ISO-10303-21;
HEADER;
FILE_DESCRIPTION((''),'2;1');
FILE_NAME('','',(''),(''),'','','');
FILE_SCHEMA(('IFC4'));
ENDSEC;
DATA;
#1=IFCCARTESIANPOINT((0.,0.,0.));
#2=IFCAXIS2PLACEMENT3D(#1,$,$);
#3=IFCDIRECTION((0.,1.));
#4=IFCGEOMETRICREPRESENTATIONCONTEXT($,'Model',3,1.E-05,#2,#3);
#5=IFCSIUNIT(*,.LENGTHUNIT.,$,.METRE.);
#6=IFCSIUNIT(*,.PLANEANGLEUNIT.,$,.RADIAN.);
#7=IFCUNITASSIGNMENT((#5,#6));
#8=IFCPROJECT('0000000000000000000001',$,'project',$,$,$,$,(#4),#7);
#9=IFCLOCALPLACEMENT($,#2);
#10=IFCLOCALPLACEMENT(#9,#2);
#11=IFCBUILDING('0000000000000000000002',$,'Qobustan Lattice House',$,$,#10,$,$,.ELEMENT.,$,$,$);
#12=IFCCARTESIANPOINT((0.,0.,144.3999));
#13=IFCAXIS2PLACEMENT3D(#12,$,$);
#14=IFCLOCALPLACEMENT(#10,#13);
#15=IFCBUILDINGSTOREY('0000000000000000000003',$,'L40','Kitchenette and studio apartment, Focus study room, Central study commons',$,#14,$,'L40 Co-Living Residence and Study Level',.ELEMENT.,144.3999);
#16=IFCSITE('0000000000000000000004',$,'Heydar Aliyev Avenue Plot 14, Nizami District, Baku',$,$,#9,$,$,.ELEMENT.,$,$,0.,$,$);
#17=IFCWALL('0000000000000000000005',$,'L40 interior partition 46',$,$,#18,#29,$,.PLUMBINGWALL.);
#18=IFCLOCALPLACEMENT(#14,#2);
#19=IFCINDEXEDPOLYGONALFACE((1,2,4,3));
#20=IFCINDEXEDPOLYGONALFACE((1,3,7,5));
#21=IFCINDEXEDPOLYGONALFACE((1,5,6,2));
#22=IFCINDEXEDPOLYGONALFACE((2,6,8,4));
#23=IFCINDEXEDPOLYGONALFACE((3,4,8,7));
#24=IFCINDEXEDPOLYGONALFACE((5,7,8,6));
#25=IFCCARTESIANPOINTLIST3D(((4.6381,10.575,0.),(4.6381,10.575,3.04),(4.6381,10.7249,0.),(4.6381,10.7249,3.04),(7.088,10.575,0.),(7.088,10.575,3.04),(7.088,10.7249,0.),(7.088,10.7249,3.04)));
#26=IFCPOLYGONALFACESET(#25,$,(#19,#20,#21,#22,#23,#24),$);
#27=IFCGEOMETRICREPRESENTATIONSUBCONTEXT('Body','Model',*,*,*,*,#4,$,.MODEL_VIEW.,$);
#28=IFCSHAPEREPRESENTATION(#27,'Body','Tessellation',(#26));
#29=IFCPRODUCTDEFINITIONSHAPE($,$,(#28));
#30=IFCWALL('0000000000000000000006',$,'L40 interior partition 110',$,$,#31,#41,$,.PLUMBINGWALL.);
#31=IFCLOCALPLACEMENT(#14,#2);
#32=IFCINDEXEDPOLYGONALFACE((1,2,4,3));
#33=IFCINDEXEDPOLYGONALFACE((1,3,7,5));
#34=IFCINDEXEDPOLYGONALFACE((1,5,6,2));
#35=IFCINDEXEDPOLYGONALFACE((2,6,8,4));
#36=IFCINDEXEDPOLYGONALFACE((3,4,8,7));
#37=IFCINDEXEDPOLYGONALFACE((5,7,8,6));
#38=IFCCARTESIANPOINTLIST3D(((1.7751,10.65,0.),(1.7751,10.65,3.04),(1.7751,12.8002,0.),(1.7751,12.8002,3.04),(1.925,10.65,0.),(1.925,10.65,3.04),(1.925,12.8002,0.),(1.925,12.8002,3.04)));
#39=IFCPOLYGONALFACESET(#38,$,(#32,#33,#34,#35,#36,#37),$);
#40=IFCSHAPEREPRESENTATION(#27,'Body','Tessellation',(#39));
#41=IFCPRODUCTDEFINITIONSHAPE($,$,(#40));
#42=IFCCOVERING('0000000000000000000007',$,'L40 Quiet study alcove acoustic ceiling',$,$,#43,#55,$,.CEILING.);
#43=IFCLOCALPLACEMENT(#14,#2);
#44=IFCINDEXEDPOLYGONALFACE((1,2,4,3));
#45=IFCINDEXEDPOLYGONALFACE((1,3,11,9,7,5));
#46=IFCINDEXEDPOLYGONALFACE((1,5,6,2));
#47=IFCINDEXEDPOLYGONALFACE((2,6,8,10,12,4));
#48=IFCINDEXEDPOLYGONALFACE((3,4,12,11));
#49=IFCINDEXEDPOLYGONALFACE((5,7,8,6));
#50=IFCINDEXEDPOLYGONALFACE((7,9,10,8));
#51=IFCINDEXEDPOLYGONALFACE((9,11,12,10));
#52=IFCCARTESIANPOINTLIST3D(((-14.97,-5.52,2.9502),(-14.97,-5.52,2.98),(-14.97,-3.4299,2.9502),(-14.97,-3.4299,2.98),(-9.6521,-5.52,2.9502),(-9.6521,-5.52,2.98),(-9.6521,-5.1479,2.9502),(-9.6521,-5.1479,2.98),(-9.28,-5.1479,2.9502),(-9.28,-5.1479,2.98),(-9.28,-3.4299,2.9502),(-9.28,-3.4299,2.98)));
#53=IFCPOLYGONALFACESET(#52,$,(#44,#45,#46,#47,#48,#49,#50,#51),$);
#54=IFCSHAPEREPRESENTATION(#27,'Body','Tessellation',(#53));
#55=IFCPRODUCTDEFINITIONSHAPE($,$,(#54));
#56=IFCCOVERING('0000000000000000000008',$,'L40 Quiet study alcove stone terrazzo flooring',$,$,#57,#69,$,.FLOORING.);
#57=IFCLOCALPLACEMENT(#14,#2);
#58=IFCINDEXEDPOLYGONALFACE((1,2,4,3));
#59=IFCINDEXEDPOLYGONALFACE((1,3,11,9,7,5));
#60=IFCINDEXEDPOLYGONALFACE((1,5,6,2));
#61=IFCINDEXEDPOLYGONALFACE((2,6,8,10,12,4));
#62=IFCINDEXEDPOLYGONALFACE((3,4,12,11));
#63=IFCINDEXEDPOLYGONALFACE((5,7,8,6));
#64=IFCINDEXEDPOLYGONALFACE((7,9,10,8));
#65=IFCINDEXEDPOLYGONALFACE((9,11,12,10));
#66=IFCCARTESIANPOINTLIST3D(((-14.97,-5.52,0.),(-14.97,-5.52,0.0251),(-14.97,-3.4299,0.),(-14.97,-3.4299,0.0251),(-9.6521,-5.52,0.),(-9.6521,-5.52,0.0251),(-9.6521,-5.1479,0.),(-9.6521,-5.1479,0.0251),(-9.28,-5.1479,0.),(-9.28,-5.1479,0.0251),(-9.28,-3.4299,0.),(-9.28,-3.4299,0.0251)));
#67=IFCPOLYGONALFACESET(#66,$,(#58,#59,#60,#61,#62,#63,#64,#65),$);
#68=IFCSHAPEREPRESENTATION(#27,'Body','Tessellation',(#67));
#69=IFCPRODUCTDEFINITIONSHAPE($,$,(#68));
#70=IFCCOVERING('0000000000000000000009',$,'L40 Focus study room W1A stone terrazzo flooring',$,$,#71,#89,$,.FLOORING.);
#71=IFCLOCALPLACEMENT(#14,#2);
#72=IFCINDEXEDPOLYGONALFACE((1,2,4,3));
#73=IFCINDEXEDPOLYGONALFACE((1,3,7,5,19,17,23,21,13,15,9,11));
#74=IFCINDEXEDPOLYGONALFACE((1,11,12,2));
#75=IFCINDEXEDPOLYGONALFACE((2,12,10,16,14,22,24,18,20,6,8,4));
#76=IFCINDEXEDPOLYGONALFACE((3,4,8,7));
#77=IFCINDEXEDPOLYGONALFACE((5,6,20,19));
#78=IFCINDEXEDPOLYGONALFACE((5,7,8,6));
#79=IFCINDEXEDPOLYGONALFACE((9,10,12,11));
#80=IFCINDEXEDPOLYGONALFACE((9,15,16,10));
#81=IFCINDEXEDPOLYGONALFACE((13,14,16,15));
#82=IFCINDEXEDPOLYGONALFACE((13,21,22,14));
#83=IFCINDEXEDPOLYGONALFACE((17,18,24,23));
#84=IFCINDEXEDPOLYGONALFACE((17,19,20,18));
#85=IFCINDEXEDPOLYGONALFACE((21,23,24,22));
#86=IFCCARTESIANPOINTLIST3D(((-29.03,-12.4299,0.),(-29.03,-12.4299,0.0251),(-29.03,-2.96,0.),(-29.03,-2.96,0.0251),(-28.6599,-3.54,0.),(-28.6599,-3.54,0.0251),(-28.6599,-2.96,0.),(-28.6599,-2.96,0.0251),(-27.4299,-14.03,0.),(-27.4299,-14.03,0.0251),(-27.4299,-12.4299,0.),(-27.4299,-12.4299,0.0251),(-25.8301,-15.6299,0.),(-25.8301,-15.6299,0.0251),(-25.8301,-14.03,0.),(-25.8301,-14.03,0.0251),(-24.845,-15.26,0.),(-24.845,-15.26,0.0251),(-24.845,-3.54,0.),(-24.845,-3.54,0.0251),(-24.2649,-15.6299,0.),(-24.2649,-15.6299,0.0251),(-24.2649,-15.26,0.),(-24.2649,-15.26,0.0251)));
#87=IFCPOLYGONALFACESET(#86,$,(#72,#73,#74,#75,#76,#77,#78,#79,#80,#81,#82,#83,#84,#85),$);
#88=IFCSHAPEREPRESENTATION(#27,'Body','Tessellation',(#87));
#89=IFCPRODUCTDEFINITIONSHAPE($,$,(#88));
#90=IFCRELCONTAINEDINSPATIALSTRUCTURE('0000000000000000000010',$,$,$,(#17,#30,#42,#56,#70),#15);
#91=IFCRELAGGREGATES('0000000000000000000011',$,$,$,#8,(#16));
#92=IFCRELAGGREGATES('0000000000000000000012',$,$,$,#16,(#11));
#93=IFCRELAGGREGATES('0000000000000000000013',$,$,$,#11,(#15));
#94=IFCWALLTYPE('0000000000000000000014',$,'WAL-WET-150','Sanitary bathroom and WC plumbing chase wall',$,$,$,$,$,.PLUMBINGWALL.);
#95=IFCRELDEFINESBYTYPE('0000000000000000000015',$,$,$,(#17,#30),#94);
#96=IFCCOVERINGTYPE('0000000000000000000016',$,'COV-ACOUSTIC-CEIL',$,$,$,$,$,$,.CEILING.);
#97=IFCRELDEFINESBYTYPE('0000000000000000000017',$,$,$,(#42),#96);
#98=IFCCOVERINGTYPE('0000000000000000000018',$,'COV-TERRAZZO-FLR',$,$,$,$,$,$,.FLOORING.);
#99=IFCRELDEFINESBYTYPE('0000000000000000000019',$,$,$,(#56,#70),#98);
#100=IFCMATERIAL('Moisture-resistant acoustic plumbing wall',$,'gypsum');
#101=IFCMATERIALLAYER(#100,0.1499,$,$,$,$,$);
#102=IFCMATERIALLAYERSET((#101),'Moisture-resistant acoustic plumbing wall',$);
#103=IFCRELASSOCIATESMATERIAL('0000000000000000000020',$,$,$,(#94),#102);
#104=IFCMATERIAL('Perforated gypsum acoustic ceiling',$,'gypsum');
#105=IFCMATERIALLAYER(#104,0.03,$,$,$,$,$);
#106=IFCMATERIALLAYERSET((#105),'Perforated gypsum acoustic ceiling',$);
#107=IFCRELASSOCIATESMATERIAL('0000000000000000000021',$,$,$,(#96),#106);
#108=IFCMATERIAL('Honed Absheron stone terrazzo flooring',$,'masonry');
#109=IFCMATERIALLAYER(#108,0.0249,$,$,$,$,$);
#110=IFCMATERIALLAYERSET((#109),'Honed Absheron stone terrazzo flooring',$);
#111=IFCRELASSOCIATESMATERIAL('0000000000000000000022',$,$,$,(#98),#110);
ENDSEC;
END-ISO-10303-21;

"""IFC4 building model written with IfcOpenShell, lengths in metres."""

from ifc_helpers import new_model, si_unit, direction, frame, frame_2d, origin, place, context, subcontext, project, spatial, polyline, rectangle, outline, extrude, material, layer, layer_set, type_object, element, save


model = new_model("IFC4")

# Units and contexts
model_context = context("Model", 3, precision=1e-05, world=origin(), true_north=direction((0.0, 1.0)))
body_context = subcontext(model_context, "Body", "Model", "MODEL_VIEW")
ifc_project = project(units=[si_unit("LENGTHUNIT", "METRE"), si_unit("PLANEANGLEUNIT", "RADIAN")], contexts=[model_context])

# Site, building, storey
site_placement = place(None, origin())
site = spatial("IfcSite", under=ifc_project, at=site_placement, Name="Heydar Aliyev Avenue Plot 14, Nizami District, Baku", CompositionType="ELEMENT", RefElevation=0.0)
building_placement = place(site_placement, origin())
building = spatial("IfcBuilding", under=site, at=building_placement, Name="Qobustan Lattice House", CompositionType="ELEMENT")
storey_placement = place(building_placement, frame((0.0, 0.0, 144.3999)))
storey = spatial("IfcBuildingStorey", under=building, at=storey_placement, Name="L40", Description="Kitchenette and studio apartment, Focus study room, Central study commons", LongName="L40 Co-Living Residence and Study Level", CompositionType="ELEMENT", Elevation=144.3999)

# Walls
ifc_material_1 = material(Name="Moisture-resistant acoustic plumbing wall", Category="gypsum")
ifc_layer_1 = layer(ifc_material_1, 0.1499)
ifc_layer_set_1 = layer_set([ifc_layer_1], Name="Moisture-resistant acoustic plumbing wall")
wall_type_1 = type_object("IfcWallType", Name="WAL-WET-150", Description="Sanitary bathroom and WC plumbing chase wall", PredefinedType="PLUMBINGWALL", material=ifc_layer_set_1)
wall_1_placement = place(storey_placement, frame((4.6379, 10.6499, 0.0), z_axis=(0.0, 0.0, 1.0), x_axis=(1.0, 0.0, 0.0)))
element("IfcWall", 1, at=wall_1_placement, inside=storey, type_object=wall_type_1, Name="L40 interior partition 46", PredefinedType="PLUMBINGWALL", context=body_context, shape_type="SweptSolid", body=[
    extrude(rectangle(XDim=2.45, YDim=0.1499, at=frame_2d((1.2251, 0.0))), origin(), (0.0, 0.0, 1.0), 3.04),
])
wall_2_placement = place(storey_placement, frame((1.8501, 10.6499, 0.0), z_axis=(0.0, 0.0, 1.0), x_axis=(0.0, 1.0, 0.0)))
element("IfcWall", 2, at=wall_2_placement, inside=storey, type_object=wall_type_1, Name="L40 interior partition 110", PredefinedType="PLUMBINGWALL", context=body_context, shape_type="SweptSolid", body=[
    extrude(rectangle(XDim=2.1501, YDim=0.1499, at=frame_2d((1.0752, 0.0))), origin(), (0.0, 0.0, 1.0), 3.04),
])

# Coverings
ifc_material_2 = material(Name="Perforated gypsum acoustic ceiling", Category="gypsum")
ifc_layer_2 = layer(ifc_material_2, 0.03)
ifc_layer_set_2 = layer_set([ifc_layer_2], Name="Perforated gypsum acoustic ceiling")
covering_type_1 = type_object("IfcCoveringType", Name="COV-ACOUSTIC-CEIL", PredefinedType="CEILING", material=ifc_layer_set_2)
covering_1_placement = place(storey_placement, frame((0.0, 0.0, 2.9502)))
element("IfcCovering", 3, at=covering_1_placement, inside=storey, type_object=covering_type_1, Name="L40 Quiet study alcove acoustic ceiling", PredefinedType="CEILING", context=body_context, shape_type="SweptSolid", body=[
    extrude(outline(polyline([(-9.28, -3.4299), (-14.97, -3.4299), (-14.97, -5.52), (-9.6521, -5.52), (-9.6521, -5.1479), (-9.28, -5.1479), (-9.28, -3.4299)])), origin(), (0.0, 0.0, 1.0), 0.0298),
])
ifc_material_3 = material(Name="Honed Absheron stone terrazzo flooring", Category="masonry")
ifc_layer_3 = layer(ifc_material_3, 0.0249)
ifc_layer_set_3 = layer_set([ifc_layer_3], Name="Honed Absheron stone terrazzo flooring")
covering_type_2 = type_object("IfcCoveringType", Name="COV-TERRAZZO-FLR", PredefinedType="FLOORING", material=ifc_layer_set_3)
covering_2_placement = place(storey_placement, origin())
element("IfcCovering", 4, at=covering_2_placement, inside=storey, type_object=covering_type_2, Name="L40 Quiet study alcove stone terrazzo flooring", PredefinedType="FLOORING", context=body_context, shape_type="SweptSolid", body=[
    extrude(outline(polyline([(-9.28, -3.4299), (-14.97, -3.4299), (-14.97, -5.52), (-9.6521, -5.52), (-9.6521, -5.1479), (-9.28, -5.1479), (-9.28, -3.4299)])), origin(), (0.0, 0.0, 1.0), 0.0251),
])
covering_3_placement = place(storey_placement, origin())
element("IfcCovering", 5, at=covering_3_placement, inside=storey, type_object=covering_type_2, Name="L40 Focus study room W1A stone terrazzo flooring", PredefinedType="FLOORING", context=body_context, shape_type="SweptSolid", body=[
    extrude(outline(polyline([(-25.8301, -15.6299), (-24.2649, -15.6299), (-24.2649, -15.26), (-24.845, -15.26), (-24.845, -3.54), (-28.6599, -3.54), (-28.6599, -2.96), (-29.03, -2.96), (-29.03, -12.4299), (-27.4299, -12.4299), (-27.4299, -14.03), (-25.8301, -14.03), (-25.8301, -15.6299)])), origin(), (0.0, 0.0, 1.0), 0.0251),
])

save(model, "model.ifc")
